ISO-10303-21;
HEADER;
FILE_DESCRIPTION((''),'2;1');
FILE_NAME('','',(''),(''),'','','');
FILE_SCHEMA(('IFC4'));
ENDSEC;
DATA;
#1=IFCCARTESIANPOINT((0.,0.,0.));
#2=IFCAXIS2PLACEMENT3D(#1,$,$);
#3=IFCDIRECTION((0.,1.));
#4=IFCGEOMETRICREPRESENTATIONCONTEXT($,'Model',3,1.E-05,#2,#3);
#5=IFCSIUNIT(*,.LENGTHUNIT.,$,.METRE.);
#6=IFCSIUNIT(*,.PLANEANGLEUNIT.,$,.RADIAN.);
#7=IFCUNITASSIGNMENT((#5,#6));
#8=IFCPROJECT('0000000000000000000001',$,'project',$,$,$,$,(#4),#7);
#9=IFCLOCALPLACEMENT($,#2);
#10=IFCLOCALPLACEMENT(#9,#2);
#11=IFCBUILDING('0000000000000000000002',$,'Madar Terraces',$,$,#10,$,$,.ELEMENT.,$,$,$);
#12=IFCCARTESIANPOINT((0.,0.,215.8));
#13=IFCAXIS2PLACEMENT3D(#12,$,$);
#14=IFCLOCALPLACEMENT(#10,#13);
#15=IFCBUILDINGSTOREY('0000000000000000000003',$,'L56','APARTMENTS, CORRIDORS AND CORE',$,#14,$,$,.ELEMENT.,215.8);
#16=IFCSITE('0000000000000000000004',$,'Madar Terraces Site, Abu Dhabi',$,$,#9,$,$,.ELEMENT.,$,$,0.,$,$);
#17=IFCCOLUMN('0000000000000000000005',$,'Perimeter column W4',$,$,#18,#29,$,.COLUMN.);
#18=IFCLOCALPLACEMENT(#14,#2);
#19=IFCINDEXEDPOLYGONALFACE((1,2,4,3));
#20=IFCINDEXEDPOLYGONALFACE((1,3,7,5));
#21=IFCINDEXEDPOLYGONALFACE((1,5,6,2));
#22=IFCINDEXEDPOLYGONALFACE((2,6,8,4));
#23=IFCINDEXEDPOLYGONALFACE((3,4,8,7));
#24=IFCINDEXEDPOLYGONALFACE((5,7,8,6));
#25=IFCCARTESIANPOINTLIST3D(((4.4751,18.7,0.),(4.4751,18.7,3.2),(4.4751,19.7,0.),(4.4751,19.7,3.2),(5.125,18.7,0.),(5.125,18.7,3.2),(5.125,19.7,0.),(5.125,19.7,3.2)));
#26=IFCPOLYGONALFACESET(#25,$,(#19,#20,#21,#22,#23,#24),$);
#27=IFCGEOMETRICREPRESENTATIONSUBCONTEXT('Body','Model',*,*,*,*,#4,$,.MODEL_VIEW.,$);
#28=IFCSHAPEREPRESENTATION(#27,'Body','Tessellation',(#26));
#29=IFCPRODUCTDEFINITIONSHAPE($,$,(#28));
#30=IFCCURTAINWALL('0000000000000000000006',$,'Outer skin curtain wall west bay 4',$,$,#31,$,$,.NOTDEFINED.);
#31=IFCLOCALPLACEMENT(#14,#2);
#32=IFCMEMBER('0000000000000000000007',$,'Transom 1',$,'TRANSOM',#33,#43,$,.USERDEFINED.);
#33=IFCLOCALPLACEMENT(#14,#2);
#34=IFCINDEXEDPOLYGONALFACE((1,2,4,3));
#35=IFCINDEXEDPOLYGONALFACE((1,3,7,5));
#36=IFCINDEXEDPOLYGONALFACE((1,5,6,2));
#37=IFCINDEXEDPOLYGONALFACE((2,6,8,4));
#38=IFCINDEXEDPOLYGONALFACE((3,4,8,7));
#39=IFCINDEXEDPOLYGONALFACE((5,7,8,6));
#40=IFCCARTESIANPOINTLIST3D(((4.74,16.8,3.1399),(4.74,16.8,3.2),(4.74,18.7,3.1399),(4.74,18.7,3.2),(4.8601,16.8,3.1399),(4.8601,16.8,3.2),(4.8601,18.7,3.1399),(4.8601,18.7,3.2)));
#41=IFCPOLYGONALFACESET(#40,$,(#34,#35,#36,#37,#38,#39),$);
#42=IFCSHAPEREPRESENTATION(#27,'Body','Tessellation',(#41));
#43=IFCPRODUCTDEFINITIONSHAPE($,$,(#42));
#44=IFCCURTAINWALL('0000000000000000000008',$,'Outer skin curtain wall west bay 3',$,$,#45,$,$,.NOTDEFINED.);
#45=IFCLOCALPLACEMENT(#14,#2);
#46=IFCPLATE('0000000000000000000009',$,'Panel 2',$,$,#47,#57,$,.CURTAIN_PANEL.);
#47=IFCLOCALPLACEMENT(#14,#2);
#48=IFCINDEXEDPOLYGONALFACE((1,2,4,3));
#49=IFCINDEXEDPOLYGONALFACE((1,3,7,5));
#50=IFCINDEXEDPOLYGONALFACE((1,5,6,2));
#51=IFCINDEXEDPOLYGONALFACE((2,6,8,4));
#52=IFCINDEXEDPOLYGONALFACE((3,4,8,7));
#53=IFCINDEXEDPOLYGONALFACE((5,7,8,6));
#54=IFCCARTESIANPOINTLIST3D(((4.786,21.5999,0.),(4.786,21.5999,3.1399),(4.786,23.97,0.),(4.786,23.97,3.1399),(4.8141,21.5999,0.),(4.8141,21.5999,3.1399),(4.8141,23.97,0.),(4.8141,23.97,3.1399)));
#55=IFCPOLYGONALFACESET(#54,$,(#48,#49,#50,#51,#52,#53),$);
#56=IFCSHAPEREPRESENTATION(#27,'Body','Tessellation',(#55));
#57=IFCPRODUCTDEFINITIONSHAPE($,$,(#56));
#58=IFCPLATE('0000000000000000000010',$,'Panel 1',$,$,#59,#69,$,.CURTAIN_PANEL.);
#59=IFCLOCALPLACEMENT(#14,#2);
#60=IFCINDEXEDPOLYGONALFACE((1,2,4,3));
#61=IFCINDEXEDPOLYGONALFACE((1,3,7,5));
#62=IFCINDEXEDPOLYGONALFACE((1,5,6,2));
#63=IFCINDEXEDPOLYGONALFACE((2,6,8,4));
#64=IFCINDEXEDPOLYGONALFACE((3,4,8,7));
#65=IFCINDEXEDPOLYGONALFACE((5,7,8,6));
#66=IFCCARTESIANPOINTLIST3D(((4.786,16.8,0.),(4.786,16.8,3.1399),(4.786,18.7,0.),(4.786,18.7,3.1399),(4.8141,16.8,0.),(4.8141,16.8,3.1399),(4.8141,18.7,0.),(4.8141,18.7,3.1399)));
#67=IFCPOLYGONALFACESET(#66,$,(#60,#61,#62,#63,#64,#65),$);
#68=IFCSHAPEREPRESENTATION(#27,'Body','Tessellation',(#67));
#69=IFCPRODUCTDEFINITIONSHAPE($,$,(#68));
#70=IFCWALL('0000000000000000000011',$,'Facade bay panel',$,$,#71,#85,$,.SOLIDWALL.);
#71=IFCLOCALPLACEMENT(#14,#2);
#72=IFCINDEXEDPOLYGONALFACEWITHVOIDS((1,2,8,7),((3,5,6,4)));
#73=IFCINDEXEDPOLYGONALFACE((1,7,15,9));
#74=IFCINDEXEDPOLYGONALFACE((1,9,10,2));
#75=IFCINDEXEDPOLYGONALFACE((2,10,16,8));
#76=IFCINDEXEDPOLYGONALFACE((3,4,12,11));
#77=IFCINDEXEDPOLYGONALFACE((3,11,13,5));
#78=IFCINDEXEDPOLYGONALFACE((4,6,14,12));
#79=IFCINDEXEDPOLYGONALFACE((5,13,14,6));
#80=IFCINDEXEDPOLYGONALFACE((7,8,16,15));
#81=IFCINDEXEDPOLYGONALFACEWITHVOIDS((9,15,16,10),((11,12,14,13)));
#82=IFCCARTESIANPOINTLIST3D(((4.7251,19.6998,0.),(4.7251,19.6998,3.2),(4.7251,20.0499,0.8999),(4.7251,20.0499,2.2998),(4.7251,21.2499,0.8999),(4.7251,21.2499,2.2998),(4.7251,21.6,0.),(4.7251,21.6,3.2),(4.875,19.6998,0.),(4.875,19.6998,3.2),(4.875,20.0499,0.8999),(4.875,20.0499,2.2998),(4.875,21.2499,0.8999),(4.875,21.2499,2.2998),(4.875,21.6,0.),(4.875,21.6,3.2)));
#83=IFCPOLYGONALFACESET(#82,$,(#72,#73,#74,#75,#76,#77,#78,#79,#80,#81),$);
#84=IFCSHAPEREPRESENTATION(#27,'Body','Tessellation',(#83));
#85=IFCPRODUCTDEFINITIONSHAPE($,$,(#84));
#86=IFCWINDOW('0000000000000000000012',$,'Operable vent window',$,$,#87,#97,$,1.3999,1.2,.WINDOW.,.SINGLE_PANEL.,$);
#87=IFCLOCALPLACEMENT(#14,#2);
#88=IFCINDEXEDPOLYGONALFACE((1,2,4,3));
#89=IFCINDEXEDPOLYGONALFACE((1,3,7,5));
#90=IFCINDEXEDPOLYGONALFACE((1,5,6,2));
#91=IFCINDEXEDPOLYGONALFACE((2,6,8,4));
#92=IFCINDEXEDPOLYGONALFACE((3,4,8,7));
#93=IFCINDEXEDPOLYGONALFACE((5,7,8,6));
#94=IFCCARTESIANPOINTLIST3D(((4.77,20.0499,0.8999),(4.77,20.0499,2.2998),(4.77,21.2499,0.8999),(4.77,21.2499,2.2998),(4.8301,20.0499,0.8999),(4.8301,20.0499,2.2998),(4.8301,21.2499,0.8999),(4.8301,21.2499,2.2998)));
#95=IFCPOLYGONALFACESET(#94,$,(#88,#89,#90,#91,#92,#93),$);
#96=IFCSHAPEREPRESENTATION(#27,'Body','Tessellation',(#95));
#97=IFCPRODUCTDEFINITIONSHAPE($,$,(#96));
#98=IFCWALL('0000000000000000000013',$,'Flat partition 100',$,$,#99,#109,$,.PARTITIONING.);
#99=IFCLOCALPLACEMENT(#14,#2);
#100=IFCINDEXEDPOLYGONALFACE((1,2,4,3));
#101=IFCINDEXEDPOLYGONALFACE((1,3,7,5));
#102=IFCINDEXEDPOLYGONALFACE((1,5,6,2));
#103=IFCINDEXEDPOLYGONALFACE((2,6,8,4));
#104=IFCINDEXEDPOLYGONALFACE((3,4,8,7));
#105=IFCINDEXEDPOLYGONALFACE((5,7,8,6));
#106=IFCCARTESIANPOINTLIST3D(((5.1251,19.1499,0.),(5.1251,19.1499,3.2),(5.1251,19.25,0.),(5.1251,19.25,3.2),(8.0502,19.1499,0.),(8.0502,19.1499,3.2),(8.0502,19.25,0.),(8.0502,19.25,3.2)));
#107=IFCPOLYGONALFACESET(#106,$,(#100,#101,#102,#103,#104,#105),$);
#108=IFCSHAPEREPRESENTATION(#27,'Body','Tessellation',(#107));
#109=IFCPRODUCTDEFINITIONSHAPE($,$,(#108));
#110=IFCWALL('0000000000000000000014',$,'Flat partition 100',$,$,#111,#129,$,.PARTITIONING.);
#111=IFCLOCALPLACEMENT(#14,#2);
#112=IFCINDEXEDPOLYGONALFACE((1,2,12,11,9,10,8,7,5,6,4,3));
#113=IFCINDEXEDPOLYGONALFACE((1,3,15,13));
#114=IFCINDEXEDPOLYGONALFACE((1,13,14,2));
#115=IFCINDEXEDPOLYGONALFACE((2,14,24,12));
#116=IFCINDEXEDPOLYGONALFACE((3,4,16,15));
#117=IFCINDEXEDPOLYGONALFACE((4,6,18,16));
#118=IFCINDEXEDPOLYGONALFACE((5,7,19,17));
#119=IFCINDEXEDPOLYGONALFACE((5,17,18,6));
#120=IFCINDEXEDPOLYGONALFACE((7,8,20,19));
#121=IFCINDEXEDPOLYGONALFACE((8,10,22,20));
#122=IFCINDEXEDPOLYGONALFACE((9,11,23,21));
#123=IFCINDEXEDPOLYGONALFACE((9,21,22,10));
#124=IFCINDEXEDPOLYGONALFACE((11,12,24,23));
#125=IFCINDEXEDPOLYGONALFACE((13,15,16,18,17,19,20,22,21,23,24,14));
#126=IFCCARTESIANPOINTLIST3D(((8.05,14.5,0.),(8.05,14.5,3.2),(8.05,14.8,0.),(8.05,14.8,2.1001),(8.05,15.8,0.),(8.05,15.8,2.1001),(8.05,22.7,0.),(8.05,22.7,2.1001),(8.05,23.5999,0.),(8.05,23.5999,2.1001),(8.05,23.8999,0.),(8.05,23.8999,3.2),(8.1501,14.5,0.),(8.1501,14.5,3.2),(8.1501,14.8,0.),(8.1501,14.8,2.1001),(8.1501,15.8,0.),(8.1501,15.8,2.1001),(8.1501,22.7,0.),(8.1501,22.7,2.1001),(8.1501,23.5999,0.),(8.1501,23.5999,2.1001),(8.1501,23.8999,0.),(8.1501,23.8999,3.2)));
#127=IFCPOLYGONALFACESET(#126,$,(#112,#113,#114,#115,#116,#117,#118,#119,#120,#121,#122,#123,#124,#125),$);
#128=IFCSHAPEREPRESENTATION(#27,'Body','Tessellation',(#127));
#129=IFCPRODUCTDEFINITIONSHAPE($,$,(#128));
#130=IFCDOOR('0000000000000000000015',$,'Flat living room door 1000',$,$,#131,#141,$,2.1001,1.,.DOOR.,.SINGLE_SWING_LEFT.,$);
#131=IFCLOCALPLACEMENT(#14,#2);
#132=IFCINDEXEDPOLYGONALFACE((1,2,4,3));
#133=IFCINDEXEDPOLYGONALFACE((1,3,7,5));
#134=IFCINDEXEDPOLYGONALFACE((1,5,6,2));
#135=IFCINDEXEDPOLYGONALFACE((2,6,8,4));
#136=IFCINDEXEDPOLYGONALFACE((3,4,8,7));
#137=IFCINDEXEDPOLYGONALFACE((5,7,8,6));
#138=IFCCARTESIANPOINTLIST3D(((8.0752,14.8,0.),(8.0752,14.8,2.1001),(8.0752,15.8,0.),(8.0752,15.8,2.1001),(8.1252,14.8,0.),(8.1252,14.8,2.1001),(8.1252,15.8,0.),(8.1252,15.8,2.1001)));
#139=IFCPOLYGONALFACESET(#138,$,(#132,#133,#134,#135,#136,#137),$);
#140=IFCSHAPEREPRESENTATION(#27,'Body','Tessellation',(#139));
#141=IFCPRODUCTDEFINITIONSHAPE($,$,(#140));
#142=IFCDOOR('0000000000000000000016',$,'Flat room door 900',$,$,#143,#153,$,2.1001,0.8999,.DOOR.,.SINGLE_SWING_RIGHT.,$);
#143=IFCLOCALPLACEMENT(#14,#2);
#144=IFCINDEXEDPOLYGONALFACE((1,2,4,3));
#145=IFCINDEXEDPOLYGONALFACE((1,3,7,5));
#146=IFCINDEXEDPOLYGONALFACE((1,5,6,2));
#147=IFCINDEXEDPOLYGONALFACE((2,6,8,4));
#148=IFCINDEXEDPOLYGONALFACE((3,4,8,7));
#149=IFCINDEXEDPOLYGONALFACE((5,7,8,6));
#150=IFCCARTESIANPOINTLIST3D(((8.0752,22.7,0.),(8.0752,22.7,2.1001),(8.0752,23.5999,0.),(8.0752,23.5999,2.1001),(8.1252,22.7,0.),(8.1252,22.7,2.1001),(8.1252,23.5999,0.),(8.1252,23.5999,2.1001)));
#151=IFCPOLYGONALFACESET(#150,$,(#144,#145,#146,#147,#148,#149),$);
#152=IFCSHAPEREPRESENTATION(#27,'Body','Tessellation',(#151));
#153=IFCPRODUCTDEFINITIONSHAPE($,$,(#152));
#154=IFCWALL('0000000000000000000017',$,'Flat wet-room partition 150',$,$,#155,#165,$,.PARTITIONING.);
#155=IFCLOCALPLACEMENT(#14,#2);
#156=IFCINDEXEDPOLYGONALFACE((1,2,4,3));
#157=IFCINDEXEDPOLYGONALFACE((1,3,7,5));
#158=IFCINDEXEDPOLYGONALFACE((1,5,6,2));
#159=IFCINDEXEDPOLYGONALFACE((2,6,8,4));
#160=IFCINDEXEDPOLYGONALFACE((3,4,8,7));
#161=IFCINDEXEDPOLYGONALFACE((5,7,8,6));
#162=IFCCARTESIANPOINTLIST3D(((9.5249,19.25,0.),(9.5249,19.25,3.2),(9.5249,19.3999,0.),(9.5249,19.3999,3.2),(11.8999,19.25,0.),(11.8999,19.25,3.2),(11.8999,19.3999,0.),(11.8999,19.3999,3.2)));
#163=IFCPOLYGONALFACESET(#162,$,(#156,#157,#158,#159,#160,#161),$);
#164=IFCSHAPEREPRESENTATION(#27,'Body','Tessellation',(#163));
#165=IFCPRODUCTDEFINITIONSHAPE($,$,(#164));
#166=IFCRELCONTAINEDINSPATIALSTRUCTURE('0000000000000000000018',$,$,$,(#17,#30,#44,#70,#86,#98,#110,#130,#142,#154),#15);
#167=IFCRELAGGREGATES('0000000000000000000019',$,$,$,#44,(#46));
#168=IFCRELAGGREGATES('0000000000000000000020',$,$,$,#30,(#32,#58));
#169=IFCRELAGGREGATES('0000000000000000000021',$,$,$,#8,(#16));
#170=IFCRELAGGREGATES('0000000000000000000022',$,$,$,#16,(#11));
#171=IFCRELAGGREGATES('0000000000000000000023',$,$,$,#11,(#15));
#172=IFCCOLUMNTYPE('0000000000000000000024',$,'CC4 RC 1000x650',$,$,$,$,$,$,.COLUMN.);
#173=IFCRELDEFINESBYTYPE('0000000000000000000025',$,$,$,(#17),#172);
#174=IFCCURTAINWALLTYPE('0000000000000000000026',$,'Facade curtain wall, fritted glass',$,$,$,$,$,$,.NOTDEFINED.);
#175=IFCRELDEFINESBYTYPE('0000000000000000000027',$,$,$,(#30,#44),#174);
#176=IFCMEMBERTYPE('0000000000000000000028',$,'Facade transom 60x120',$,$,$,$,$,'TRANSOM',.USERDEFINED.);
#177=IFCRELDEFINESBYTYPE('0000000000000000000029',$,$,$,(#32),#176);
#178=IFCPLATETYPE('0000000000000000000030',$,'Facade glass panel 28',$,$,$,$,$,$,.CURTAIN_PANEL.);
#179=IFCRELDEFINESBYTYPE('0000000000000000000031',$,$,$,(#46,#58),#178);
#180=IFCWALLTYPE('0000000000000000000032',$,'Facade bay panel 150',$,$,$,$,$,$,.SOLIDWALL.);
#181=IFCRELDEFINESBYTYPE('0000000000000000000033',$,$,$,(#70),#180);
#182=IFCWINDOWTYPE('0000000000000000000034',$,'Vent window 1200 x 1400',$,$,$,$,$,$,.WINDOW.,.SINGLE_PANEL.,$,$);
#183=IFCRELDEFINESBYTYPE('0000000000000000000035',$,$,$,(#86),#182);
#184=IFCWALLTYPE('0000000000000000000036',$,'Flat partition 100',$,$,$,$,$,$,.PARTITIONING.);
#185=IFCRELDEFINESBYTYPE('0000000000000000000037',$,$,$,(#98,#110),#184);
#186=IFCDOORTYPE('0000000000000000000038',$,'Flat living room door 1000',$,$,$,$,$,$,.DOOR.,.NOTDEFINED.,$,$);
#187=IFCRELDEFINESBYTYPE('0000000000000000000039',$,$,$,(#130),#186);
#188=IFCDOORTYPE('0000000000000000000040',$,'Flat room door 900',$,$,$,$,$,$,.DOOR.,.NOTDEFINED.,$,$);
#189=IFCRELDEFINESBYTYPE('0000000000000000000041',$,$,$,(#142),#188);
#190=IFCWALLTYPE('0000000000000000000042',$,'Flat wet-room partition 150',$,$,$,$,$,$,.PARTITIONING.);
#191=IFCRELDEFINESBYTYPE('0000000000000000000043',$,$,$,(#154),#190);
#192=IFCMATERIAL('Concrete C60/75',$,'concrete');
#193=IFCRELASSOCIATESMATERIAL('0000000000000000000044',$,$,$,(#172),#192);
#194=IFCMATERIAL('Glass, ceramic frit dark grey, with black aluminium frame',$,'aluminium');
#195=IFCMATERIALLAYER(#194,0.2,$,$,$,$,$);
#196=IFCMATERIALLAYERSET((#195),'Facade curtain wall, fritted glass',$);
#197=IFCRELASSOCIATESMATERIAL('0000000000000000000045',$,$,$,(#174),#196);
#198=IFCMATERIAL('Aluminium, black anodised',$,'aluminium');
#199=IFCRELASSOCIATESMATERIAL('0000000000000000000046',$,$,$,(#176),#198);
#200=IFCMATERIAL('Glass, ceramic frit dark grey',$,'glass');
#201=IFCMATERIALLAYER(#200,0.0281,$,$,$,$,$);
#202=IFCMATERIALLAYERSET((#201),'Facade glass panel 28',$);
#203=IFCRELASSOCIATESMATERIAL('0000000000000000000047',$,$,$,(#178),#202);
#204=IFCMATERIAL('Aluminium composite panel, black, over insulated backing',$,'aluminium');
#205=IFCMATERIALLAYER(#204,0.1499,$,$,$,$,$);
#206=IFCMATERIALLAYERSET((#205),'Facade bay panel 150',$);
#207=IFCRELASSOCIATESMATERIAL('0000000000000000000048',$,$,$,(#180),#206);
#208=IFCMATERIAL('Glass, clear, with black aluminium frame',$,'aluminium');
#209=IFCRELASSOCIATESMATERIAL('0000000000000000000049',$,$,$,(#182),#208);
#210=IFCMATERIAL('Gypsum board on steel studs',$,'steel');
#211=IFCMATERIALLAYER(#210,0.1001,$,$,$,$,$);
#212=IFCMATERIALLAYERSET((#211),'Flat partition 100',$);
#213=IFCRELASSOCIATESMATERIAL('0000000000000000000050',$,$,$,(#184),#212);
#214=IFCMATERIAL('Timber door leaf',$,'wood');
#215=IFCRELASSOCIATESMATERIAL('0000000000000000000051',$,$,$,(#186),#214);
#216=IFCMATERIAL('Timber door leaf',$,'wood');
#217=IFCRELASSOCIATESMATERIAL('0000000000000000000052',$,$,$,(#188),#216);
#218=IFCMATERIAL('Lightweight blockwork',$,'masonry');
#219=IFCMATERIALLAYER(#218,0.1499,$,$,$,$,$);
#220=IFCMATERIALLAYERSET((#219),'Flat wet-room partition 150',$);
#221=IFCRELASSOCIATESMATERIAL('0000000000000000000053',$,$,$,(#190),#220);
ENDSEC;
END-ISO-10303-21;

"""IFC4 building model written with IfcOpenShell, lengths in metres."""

from ifc_helpers import new_model, si_unit, direction, frame, frame_2d, origin, origin_2d, place, context, subcontext, project, spatial, rectangle, extrude, material, layer, layer_set, material_profile, profile_set, type_object, element, fill, aggregate, save


model = new_model("IFC4")

# Units and contexts
model_context = context("Model", 3, precision=1e-05, world=origin(), true_north=direction((0.0, 1.0)))
body_context = subcontext(model_context, "Body", "Model", "MODEL_VIEW")
ifc_project = project(units=[si_unit("LENGTHUNIT", "METRE"), si_unit("PLANEANGLEUNIT", "RADIAN")], contexts=[model_context])

# Site, building, storey
site_placement = place(None, origin())
site = spatial("IfcSite", under=ifc_project, at=site_placement, Name="Madar Terraces Site, Abu Dhabi", CompositionType="ELEMENT", RefElevation=0.0)
building_placement = place(site_placement, origin())
building = spatial("IfcBuilding", under=site, at=building_placement, Name="Madar Terraces", CompositionType="ELEMENT")
storey_placement = place(building_placement, frame((0.0, 0.0, 215.8)))
storey = spatial("IfcBuildingStorey", under=building, at=storey_placement, Name="L56", Description="APARTMENTS, CORRIDORS AND CORE", CompositionType="ELEMENT", Elevation=215.8)

# Column
ifc_material_1 = material(Name="Concrete C60/75", Category="concrete")
ifc_material_profile_1 = material_profile(ifc_material_1, rectangle(XDim=1.0, YDim=0.6499, at=origin_2d()), Name="CC4 RC 1000x650")
ifc_profile_set_1 = profile_set([ifc_material_profile_1], Name="Concrete C60/75")
column_type = type_object("IfcColumnType", Name="CC4 RC 1000x650", PredefinedType="COLUMN", material=ifc_profile_set_1)
column_placement = place(storey_placement, frame((4.8, 19.2, 0.0), z_axis=(0.0, 0.0, 1.0), x_axis=(0.0, 1.0, 0.0)))
element("IfcColumn", 1, at=column_placement, inside=storey, type_object=column_type, Name="Perimeter column W4", PredefinedType="COLUMN", context=body_context, shape_type="SweptSolid", body=[
    extrude(rectangle(XDim=1.0, YDim=0.6499, at=origin_2d()), origin(), (0.0, 0.0, 1.0), 3.2),
])

# Curtain wall, member
ifc_material_2 = material(Name="Glass, ceramic frit dark grey, with black aluminium frame", Category="aluminium")
ifc_layer_1 = layer(ifc_material_2, 0.2)
ifc_layer_set_1 = layer_set([ifc_layer_1], Name="Facade curtain wall, fritted glass")
curtain_wall_type = type_object("IfcCurtainWallType", Name="Facade curtain wall, fritted glass", PredefinedType="NOTDEFINED", material=ifc_layer_set_1)
curtain_wall_1_placement = place(storey_placement, origin())
curtain_wall_1 = element("IfcCurtainWall", 2, at=curtain_wall_1_placement, inside=storey, type_object=curtain_wall_type, Name="Outer skin curtain wall west bay 4", PredefinedType="NOTDEFINED")
ifc_material_3 = material(Name="Aluminium, black anodised", Category="aluminium")
ifc_material_profile_2 = material_profile(ifc_material_3, rectangle(XDim=0.1201, YDim=0.0601, at=origin_2d()), Name="Facade transom 60x120")
ifc_profile_set_2 = profile_set([ifc_material_profile_2], Name="Aluminium, black anodised")
member_type = type_object("IfcMemberType", Name="Facade transom 60x120", ElementType="TRANSOM", PredefinedType="USERDEFINED", material=ifc_profile_set_2)
member_placement = place(storey_placement, frame((4.8, 18.7, 3.1699), z_axis=(0.0, -1.0, 0.0), x_axis=(1.0, 0.0, 0.0)))
member = element("IfcMember", 3, at=member_placement, type_object=member_type, Name="Transom 1", ObjectType="TRANSOM", PredefinedType="USERDEFINED", context=body_context, shape_type="SweptSolid", body=[
    extrude(rectangle(XDim=0.1201, YDim=0.0601, at=origin_2d()), origin(), (0.0, 0.0, 1.0), 1.8999),
])

# Curtain wall, plate
curtain_wall_2_placement = place(storey_placement, origin())
curtain_wall_2 = element("IfcCurtainWall", 4, at=curtain_wall_2_placement, inside=storey, type_object=curtain_wall_type, Name="Outer skin curtain wall west bay 3", PredefinedType="NOTDEFINED")
ifc_material_4 = material(Name="Glass, ceramic frit dark grey", Category="glass")
ifc_layer_2 = layer(ifc_material_4, 0.0281)
ifc_layer_set_2 = layer_set([ifc_layer_2], Name="Facade glass panel 28")
plate_type = type_object("IfcPlateType", Name="Facade glass panel 28", PredefinedType="CURTAIN_PANEL", material=ifc_layer_set_2)
plate_1_placement = place(storey_placement, frame((4.8, 22.7849, 0.0), z_axis=(0.0, 0.0, 1.0), x_axis=(0.0, -1.0, 0.0)))
plate_1 = element("IfcPlate", 5, at=plate_1_placement, type_object=plate_type, Name="Panel 2", PredefinedType="CURTAIN_PANEL", context=body_context, shape_type="SweptSolid", body=[
    extrude(rectangle(XDim=2.3701, YDim=0.0281, at=origin_2d()), origin(), (0.0, 0.0, 1.0), 3.1399),
])
aggregate(curtain_wall_2, [plate_1])

# Plate
plate_2_placement = place(storey_placement, frame((4.8, 17.75, 0.0), z_axis=(0.0, 0.0, 1.0), x_axis=(0.0, -1.0, 0.0)))
plate_2 = element("IfcPlate", 6, at=plate_2_placement, type_object=plate_type, Name="Panel 1", PredefinedType="CURTAIN_PANEL", context=body_context, shape_type="SweptSolid", body=[
    extrude(rectangle(XDim=1.8999, YDim=0.0281, at=origin_2d()), origin(), (0.0, 0.0, 1.0), 3.1399),
])
aggregate(curtain_wall_1, [member, plate_2])

# Wall, opening, window
ifc_material_5 = material(Name="Aluminium composite panel, black, over insulated backing", Category="aluminium")
ifc_layer_3 = layer(ifc_material_5, 0.1499)
ifc_layer_set_3 = layer_set([ifc_layer_3], Name="Facade bay panel 150")
wall_type_1 = type_object("IfcWallType", Name="Facade bay panel 150", PredefinedType="SOLIDWALL", material=ifc_layer_set_3)
wall_1_placement = place(storey_placement, frame((4.8, 21.6001, 0.0), z_axis=(0.0, 0.0, 1.0), x_axis=(0.0, -1.0, 0.0)))
wall_1 = element("IfcWall", 7, at=wall_1_placement, inside=storey, type_object=wall_type_1, Name="Facade bay panel", PredefinedType="SOLIDWALL", context=body_context, shape_type="SweptSolid", body=[
    extrude(rectangle(XDim=1.9001, YDim=0.1499, at=frame_2d((0.9502, 0.0))), origin(), (0.0, 0.0, 1.0), 3.2),
])
opening_1_placement = place(wall_1_placement, frame((0.3501, 0.0, 0.8999)))
opening_1 = element("IfcOpeningElement", 8, at=opening_1_placement, cuts=wall_1, PredefinedType="OPENING", context=body_context, shape_type="SweptSolid", body=[
    extrude(rectangle(XDim=1.2, YDim=1.3999, at=frame_2d((0.6001, 0.7))), frame((0.0, 0.085, 0.0), z_axis=(0.0, -1.0, 0.0), x_axis=(1.0, 0.0, 0.0)), (0.0, 0.0, 1.0), 0.1699),
])
ifc_material_6 = material(Name="Glass, clear, with black aluminium frame", Category="aluminium")
window_type = type_object("IfcWindowType", Name="Vent window 1200 x 1400", PartitioningType="SINGLE_PANEL", PredefinedType="WINDOW", material=ifc_material_6)
window_placement = place(opening_1_placement, origin())
window = element("IfcWindow", 9, at=window_placement, inside=storey, type_object=window_type, Name="Operable vent window", OverallHeight=1.3999, OverallWidth=1.2, PartitioningType="SINGLE_PANEL", PredefinedType="WINDOW", context=body_context, shape_type="SweptSolid", body=[
    extrude(rectangle(XDim=1.2, YDim=1.3999, at=frame_2d((0.6001, 0.7))), frame((0.0, 0.03, 0.0), z_axis=(0.0, -1.0, 0.0), x_axis=(1.0, 0.0, 0.0)), (0.0, 0.0, 1.0), 0.0601),
])
fill(opening_1, window)

# Wall
ifc_material_7 = material(Name="Gypsum board on steel studs", Category="steel")
ifc_layer_4 = layer(ifc_material_7, 0.1001)
ifc_layer_set_4 = layer_set([ifc_layer_4], Name="Flat partition 100")
wall_type_2 = type_object("IfcWallType", Name="Flat partition 100", PredefinedType="PARTITIONING", material=ifc_layer_set_4)
wall_2_placement = place(storey_placement, frame((8.05, 19.2, 0.0), z_axis=(0.0, 0.0, 1.0), x_axis=(-1.0, 0.0, 0.0)))
element("IfcWall", 10, at=wall_2_placement, inside=storey, type_object=wall_type_2, Name="Flat partition 100", PredefinedType="PARTITIONING", context=body_context, shape_type="SweptSolid", body=[
    extrude(rectangle(XDim=2.925, YDim=0.1001, at=frame_2d((1.4624, 0.0))), origin(), (0.0, 0.0, 1.0), 3.2),
])

# Wall, openings, doors
wall_3_placement = place(storey_placement, frame((8.1001, 14.5, 0.0), z_axis=(0.0, 0.0, 1.0), x_axis=(0.0, 1.0, 0.0)))
wall_3 = element("IfcWall", 11, at=wall_3_placement, inside=storey, type_object=wall_type_2, Name="Flat partition 100", PredefinedType="PARTITIONING", context=body_context, shape_type="SweptSolid", body=[
    extrude(rectangle(XDim=9.3999, YDim=0.1001, at=frame_2d((4.7, 0.0))), origin(), (0.0, 0.0, 1.0), 3.2),
])
opening_2_placement = place(wall_3_placement, frame((0.3, 0.0, 0.0)))
opening_2 = element("IfcOpeningElement", 12, at=opening_2_placement, cuts=wall_3, PredefinedType="OPENING", context=body_context, shape_type="SweptSolid", body=[
    extrude(rectangle(XDim=1.0, YDim=2.1001, at=frame_2d((0.5, 1.05))), frame((0.0, 0.0601, 0.0), z_axis=(0.0, -1.0, 0.0), x_axis=(1.0, 0.0, 0.0)), (0.0, 0.0, 1.0), 0.1201),
])
opening_3_placement = place(wall_3_placement, frame((8.2, 0.0, 0.0)))
opening_3 = element("IfcOpeningElement", 13, at=opening_3_placement, cuts=wall_3, PredefinedType="OPENING", context=body_context, shape_type="SweptSolid", body=[
    extrude(rectangle(XDim=0.8999, YDim=2.1001, at=frame_2d((0.45, 1.05))), frame((0.0, 0.0601, 0.0), z_axis=(0.0, -1.0, 0.0), x_axis=(1.0, 0.0, 0.0)), (0.0, 0.0, 1.0), 0.1201),
])
ifc_material_8 = material(Name="Timber door leaf", Category="wood")
door_type_1 = type_object("IfcDoorType", Name="Flat living room door 1000", OperationType="NOTDEFINED", PredefinedType="DOOR", material=ifc_material_8)
door_1_placement = place(opening_2_placement, origin())
door_1 = element("IfcDoor", 14, at=door_1_placement, inside=storey, type_object=door_type_1, Name="Flat living room door 1000", OperationType="SINGLE_SWING_LEFT", OverallHeight=2.1001, OverallWidth=1.0, PredefinedType="DOOR", context=body_context, shape_type="SweptSolid", body=[
    extrude(rectangle(XDim=1.0, YDim=2.1001, at=frame_2d((0.5, 1.05))), frame((0.0, 0.0249, 0.0), z_axis=(0.0, -1.0, 0.0), x_axis=(1.0, 0.0, 0.0)), (0.0, 0.0, 1.0), 0.05),
])
fill(opening_2, door_1)
ifc_material_9 = material(Name="Timber door leaf", Category="wood")
door_type_2 = type_object("IfcDoorType", Name="Flat room door 900", OperationType="NOTDEFINED", PredefinedType="DOOR", material=ifc_material_9)
door_2_placement = place(opening_3_placement, origin())
door_2 = element("IfcDoor", 15, at=door_2_placement, inside=storey, type_object=door_type_2, Name="Flat room door 900", OperationType="SINGLE_SWING_RIGHT", OverallHeight=2.1001, OverallWidth=0.8999, PredefinedType="DOOR", context=body_context, shape_type="SweptSolid", body=[
    extrude(rectangle(XDim=0.8999, YDim=2.1001, at=frame_2d((0.45, 1.05))), frame((0.0, 0.0249, 0.0), z_axis=(0.0, -1.0, 0.0), x_axis=(1.0, 0.0, 0.0)), (0.0, 0.0, 1.0), 0.05),
])
fill(opening_3, door_2)

# Wall
ifc_material_10 = material(Name="Lightweight blockwork", Category="masonry")
ifc_layer_5 = layer(ifc_material_10, 0.1499)
ifc_layer_set_5 = layer_set([ifc_layer_5], Name="Flat wet-room partition 150")
wall_type_3 = type_object("IfcWallType", Name="Flat wet-room partition 150", PredefinedType="PARTITIONING", material=ifc_layer_set_5)
wall_4_placement = place(storey_placement, frame((11.8999, 19.325, 0.0), z_axis=(0.0, 0.0, 1.0), x_axis=(-1.0, 0.0, 0.0)))
element("IfcWall", 16, at=wall_4_placement, inside=storey, type_object=wall_type_3, Name="Flat wet-room partition 150", PredefinedType="PARTITIONING", context=body_context, shape_type="SweptSolid", body=[
    extrude(rectangle(XDim=2.375, YDim=0.1499, at=frame_2d((1.1875, 0.0))), origin(), (0.0, 0.0, 1.0), 3.2),
])

save(model, "model.ifc")
